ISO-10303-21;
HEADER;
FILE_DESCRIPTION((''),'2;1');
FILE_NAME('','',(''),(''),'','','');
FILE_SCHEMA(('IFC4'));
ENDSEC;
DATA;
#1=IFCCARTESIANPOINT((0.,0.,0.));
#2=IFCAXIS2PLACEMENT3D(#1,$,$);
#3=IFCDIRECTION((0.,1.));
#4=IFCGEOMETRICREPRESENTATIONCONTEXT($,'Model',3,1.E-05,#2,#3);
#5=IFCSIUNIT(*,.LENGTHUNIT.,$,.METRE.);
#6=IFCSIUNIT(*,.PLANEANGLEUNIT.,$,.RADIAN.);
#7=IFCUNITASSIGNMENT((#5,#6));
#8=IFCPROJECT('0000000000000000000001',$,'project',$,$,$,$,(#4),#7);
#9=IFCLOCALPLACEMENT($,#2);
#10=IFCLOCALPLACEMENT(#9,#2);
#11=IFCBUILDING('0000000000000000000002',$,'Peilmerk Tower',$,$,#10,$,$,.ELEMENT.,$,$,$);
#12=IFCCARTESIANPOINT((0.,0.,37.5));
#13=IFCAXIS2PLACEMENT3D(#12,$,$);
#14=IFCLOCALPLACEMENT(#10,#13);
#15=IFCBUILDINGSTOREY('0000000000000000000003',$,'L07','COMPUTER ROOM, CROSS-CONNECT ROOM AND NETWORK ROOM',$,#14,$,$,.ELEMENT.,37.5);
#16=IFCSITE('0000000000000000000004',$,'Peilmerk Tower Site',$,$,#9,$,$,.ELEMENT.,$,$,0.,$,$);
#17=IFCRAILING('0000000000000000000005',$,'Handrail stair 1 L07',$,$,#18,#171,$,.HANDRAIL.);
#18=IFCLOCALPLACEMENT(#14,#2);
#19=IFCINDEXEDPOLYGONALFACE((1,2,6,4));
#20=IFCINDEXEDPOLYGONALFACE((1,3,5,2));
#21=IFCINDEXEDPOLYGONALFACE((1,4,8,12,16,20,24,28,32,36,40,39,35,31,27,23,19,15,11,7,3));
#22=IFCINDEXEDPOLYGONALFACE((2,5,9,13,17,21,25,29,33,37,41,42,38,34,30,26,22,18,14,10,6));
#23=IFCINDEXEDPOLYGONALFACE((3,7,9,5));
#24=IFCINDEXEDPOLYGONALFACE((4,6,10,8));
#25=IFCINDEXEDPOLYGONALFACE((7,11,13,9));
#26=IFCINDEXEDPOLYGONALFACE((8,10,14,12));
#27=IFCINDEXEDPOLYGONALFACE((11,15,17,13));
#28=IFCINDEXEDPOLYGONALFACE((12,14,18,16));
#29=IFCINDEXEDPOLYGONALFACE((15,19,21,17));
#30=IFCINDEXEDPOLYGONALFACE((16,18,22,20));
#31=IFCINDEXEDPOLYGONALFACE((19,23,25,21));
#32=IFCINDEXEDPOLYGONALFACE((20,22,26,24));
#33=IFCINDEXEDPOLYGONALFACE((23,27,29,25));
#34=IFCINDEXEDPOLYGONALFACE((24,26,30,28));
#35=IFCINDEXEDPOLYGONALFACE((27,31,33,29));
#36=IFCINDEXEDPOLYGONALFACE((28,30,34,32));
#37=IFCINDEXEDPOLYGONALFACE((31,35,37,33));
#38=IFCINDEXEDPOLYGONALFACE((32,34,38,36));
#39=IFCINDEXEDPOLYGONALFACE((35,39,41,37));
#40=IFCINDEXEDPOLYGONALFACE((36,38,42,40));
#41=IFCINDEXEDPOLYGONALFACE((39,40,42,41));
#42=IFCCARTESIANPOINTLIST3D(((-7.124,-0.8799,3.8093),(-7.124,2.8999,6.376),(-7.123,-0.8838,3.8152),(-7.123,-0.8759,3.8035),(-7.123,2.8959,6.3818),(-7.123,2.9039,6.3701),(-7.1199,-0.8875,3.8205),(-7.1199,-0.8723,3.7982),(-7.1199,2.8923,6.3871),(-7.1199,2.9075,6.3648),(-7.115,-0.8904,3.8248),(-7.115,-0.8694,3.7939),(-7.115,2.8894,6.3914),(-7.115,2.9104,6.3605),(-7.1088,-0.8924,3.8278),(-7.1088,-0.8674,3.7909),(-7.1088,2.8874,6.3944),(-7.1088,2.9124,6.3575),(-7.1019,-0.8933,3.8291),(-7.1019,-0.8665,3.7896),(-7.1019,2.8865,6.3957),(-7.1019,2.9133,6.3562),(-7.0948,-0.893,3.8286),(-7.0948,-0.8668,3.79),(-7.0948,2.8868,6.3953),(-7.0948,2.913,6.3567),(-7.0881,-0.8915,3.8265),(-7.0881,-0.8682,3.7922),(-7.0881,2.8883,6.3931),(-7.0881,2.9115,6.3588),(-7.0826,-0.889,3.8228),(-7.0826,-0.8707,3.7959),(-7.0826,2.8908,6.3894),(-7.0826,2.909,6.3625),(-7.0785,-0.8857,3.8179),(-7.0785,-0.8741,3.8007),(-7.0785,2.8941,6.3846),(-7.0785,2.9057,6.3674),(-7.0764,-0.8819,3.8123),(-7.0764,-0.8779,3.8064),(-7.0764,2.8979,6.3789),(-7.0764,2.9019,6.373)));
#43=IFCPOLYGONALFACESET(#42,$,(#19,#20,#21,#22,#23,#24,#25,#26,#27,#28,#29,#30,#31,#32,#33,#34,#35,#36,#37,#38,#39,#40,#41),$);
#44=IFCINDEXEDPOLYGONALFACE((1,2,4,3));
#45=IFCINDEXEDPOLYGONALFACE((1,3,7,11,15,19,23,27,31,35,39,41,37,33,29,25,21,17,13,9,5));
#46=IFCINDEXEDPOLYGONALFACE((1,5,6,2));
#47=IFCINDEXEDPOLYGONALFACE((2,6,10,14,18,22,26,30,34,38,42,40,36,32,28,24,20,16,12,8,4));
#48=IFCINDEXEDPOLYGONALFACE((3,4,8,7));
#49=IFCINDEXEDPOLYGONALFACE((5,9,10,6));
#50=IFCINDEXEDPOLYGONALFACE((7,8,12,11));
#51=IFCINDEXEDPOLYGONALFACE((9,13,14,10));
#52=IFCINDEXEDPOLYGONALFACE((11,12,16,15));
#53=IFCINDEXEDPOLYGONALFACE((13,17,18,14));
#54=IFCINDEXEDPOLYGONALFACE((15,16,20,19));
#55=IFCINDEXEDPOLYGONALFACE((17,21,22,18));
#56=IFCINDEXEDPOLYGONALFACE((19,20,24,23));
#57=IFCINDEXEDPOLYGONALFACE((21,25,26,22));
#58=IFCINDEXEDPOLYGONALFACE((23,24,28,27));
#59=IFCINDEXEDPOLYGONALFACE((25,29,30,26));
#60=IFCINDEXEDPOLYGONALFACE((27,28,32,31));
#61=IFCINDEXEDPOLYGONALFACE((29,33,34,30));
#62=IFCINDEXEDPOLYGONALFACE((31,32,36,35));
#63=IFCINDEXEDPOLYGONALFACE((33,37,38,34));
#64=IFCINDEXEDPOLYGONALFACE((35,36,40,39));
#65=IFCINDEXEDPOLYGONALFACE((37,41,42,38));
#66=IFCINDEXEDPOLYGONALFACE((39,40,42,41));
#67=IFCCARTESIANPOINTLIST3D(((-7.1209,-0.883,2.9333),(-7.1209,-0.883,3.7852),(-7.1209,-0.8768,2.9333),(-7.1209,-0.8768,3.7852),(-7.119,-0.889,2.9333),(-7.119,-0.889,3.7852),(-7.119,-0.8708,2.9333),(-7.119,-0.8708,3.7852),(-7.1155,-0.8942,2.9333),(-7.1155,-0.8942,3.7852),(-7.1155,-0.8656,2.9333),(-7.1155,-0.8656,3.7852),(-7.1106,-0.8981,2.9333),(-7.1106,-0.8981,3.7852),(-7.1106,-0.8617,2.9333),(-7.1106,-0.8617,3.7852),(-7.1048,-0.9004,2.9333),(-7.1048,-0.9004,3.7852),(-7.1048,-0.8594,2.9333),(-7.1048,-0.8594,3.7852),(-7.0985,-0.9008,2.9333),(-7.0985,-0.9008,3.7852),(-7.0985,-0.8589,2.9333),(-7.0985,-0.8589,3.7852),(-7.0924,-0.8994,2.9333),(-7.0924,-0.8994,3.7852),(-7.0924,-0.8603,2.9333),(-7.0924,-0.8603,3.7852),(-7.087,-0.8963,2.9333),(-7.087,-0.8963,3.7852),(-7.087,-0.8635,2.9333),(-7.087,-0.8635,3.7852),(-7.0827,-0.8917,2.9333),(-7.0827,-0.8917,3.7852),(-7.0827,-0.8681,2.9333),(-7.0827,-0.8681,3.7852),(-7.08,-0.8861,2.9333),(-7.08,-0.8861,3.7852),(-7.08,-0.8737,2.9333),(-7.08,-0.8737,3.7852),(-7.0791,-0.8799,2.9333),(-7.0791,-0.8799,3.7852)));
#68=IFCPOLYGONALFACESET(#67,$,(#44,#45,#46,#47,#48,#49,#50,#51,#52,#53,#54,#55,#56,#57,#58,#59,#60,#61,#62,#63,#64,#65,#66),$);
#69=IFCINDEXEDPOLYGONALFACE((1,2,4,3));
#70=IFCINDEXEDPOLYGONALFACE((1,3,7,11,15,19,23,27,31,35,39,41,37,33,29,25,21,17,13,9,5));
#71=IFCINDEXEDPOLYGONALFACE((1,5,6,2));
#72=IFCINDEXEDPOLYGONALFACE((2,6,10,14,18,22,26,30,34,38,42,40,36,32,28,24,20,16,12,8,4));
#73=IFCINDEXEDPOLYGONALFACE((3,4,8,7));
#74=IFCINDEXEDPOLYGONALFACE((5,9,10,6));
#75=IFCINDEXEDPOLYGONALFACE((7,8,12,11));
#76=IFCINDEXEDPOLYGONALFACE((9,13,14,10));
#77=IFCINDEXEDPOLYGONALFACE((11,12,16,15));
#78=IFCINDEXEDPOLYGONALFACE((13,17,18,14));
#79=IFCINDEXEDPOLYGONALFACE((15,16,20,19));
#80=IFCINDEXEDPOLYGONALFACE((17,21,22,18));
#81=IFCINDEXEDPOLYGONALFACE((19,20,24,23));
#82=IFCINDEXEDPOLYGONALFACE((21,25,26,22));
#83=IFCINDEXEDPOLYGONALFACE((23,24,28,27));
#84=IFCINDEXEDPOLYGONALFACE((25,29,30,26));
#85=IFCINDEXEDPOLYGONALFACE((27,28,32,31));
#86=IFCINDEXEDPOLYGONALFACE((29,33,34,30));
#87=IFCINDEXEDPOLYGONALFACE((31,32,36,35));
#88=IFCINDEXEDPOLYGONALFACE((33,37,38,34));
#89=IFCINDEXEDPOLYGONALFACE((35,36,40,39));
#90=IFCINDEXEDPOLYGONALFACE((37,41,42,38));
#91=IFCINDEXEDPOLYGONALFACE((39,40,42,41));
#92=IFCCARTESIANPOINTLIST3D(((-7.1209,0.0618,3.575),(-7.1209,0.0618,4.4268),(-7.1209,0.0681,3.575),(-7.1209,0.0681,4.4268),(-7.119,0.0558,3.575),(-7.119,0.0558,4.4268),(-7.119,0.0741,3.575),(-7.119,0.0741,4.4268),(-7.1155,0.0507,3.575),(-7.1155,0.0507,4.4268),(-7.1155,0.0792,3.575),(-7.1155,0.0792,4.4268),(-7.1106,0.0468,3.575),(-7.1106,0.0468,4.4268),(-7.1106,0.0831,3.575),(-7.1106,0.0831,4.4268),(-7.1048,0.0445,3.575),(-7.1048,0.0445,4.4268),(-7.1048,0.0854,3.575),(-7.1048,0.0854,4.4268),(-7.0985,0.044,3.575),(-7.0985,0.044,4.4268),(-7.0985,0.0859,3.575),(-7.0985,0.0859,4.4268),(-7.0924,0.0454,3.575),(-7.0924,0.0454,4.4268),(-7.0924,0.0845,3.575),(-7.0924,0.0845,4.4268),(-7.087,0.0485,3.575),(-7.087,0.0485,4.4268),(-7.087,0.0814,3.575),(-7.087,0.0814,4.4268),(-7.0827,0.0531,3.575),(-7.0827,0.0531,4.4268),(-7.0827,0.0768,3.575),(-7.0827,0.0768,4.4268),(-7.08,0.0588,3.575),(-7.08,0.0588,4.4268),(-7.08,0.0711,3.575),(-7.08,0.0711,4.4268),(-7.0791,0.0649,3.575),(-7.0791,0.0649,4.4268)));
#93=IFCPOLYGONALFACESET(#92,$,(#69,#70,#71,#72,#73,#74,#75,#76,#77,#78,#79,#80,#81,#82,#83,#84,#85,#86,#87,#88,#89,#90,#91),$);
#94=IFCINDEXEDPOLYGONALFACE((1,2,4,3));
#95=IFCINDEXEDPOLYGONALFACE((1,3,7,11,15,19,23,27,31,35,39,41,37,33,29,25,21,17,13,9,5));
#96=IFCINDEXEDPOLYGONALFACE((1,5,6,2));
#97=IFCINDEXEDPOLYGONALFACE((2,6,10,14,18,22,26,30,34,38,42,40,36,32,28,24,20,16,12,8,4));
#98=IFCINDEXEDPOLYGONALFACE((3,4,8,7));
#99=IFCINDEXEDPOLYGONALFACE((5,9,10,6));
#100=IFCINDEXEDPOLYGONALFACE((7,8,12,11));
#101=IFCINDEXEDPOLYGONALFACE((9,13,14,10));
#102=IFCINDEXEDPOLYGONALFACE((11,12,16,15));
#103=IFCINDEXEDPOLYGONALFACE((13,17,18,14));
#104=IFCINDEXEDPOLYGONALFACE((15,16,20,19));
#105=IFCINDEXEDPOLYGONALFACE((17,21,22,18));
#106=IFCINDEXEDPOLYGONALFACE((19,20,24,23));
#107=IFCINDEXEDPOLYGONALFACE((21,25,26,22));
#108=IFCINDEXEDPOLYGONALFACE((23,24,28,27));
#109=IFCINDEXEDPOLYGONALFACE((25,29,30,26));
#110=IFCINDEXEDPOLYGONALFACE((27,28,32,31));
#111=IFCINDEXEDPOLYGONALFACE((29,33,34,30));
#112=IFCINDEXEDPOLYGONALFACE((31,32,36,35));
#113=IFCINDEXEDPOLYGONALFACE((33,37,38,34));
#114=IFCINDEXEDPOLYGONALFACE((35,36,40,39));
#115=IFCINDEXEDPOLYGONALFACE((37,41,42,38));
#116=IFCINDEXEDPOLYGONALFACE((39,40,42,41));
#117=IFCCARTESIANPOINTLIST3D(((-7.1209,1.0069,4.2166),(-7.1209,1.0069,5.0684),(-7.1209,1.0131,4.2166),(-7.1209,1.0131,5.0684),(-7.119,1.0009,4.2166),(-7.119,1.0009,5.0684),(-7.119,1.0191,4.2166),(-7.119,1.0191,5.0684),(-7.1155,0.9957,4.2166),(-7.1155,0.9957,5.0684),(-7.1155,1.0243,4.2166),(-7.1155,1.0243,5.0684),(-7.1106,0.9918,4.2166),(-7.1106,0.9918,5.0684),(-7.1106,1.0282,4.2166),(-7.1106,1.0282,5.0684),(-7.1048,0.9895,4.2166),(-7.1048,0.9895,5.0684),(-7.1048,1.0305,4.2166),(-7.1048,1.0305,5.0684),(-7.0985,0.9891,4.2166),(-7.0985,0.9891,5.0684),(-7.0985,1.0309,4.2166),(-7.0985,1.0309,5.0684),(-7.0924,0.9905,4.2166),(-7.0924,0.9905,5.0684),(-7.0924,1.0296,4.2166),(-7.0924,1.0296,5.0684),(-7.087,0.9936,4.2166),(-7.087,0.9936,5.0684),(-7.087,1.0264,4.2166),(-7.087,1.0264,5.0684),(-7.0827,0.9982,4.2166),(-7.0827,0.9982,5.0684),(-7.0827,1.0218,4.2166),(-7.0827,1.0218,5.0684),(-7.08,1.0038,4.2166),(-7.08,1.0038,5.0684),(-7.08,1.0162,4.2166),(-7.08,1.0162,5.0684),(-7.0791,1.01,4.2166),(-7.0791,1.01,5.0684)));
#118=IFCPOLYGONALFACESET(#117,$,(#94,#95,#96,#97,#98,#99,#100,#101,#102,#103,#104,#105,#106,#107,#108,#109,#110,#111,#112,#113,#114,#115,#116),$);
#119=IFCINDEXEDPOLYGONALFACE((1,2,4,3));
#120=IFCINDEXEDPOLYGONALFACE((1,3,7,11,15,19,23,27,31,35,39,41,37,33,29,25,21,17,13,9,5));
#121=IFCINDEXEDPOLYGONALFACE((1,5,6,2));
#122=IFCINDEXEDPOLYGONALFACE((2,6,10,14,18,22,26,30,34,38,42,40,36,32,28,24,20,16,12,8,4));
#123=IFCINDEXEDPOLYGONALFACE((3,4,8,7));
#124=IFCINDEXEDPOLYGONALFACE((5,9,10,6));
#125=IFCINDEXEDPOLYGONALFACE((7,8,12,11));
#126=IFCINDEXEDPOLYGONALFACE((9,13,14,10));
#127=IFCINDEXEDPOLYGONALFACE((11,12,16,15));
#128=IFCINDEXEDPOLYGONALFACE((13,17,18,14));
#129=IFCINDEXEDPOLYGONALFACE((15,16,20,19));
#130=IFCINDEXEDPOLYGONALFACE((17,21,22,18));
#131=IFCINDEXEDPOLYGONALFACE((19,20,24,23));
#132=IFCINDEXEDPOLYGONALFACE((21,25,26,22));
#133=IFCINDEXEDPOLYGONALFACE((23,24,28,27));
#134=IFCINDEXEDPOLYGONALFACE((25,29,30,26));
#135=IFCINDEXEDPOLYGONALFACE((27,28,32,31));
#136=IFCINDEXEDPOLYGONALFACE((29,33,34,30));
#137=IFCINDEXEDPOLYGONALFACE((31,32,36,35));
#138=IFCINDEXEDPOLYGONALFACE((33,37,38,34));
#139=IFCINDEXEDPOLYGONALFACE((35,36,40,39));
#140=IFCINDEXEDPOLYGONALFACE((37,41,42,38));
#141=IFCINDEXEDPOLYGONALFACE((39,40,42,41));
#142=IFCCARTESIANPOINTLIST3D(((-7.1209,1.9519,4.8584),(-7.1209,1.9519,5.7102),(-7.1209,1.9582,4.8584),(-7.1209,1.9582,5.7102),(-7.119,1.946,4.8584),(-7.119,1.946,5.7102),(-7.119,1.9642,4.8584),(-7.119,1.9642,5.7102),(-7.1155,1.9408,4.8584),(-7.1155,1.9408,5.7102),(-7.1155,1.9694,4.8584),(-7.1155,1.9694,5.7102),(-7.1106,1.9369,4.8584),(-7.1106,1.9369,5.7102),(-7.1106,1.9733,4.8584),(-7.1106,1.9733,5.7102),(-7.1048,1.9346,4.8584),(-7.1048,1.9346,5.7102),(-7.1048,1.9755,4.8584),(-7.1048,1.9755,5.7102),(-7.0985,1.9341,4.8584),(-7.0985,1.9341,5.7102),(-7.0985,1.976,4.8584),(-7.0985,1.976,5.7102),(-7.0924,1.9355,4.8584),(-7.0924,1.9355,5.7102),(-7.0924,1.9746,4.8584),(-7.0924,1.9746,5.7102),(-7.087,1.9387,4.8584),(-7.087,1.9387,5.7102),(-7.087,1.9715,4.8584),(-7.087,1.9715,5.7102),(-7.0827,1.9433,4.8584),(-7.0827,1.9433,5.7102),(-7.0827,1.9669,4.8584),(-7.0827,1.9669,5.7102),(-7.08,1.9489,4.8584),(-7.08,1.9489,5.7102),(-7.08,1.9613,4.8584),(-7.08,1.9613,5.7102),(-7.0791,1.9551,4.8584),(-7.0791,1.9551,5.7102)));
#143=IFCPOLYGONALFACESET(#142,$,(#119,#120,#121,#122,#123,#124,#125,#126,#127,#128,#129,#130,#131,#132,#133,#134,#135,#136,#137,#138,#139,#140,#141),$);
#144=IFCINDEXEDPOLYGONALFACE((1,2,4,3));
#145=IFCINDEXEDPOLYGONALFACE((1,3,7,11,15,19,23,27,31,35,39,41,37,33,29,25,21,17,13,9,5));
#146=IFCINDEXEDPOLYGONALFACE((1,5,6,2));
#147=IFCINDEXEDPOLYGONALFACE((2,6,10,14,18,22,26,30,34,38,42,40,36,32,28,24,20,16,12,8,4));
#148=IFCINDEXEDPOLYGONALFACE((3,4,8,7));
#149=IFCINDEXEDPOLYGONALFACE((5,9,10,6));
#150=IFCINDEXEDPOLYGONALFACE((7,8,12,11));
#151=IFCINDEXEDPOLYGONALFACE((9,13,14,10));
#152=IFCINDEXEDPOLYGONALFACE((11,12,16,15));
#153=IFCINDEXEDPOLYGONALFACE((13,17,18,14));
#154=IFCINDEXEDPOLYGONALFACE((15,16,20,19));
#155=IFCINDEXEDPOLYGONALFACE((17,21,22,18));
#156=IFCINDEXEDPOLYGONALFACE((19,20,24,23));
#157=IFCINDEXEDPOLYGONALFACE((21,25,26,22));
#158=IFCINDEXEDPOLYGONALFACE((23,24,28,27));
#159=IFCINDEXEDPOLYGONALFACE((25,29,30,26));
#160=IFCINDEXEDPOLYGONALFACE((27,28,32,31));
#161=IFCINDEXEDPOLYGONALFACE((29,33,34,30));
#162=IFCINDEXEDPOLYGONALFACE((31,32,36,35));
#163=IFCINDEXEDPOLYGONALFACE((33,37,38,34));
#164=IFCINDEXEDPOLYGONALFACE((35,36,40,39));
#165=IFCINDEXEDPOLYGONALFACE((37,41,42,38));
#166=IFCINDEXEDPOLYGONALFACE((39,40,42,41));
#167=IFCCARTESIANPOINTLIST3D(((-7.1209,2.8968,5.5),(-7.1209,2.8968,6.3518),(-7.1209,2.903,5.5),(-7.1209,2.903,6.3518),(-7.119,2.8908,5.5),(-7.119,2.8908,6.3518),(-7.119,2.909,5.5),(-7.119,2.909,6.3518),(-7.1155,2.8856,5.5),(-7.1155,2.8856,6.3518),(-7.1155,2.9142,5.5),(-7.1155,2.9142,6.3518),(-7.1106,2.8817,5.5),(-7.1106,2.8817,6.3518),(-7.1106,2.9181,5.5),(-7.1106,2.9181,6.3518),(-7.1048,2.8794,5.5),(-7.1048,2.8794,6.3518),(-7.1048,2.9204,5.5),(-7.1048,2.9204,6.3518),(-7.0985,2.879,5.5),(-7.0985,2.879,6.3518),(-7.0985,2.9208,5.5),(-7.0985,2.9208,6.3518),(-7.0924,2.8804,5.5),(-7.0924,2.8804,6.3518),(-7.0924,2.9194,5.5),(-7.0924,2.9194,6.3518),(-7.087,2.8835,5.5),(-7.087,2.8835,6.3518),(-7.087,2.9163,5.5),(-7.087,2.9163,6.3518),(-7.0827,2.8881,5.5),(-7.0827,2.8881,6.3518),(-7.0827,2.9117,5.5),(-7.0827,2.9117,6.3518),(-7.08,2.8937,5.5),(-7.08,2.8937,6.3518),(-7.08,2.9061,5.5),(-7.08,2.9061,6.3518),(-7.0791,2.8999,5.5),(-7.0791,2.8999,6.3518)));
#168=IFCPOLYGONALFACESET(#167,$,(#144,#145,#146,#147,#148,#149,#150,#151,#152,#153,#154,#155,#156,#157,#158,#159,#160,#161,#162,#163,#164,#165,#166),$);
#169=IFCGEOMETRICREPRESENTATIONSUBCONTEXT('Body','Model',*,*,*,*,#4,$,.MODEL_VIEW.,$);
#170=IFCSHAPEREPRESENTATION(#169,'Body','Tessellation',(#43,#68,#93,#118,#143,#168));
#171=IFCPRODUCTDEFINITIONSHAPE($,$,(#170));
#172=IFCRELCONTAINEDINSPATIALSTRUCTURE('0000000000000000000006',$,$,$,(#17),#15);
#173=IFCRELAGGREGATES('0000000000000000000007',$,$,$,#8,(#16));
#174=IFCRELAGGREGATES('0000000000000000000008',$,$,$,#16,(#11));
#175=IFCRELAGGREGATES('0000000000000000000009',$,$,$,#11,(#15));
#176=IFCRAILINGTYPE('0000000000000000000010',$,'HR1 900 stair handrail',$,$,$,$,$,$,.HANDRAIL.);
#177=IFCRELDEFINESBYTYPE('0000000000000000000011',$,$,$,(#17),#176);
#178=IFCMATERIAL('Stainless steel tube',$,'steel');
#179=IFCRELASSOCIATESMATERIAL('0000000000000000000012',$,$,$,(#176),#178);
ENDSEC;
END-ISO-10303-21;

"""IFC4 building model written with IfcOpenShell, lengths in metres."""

from ifc_helpers import new_model, si_unit, direction, frame, origin, origin_2d, place, context, subcontext, project, spatial, circle, extrude, material, type_object, element, save


model = new_model("IFC4")

# Units and contexts
model_context = context("Model", 3, precision=1e-05, world=origin(), true_north=direction((0.0, 1.0)))
body_context = subcontext(model_context, "Body", "Model", "MODEL_VIEW")
ifc_project = project(units=[si_unit("LENGTHUNIT", "METRE"), si_unit("PLANEANGLEUNIT", "RADIAN")], contexts=[model_context])

# Site, building, storey
site_placement = place(None, origin())
site = spatial("IfcSite", under=ifc_project, at=site_placement, Name="Peilmerk Tower Site", CompositionType="ELEMENT", RefElevation=0.0)
building_placement = place(site_placement, origin())
building = spatial("IfcBuilding", under=site, at=building_placement, Name="Peilmerk Tower", CompositionType="ELEMENT")
storey_placement = place(building_placement, frame((0.0, 0.0, 37.5)))
storey = spatial("IfcBuildingStorey", under=building, at=storey_placement, Name="L07", Description="COMPUTER ROOM, CROSS-CONNECT ROOM AND NETWORK ROOM", CompositionType="ELEMENT", Elevation=37.5)

# Railing
ifc_material_1 = material(Name="Stainless steel tube", Category="steel")
railing_type_1 = type_object("IfcRailingType", Name="HR1 900 stair handrail", PredefinedType="HANDRAIL", material=ifc_material_1)
railing_1_placement = place(storey_placement, frame((-7.1001, -0.8799, 2.9333)))
element("IfcRailing", 1, at=railing_1_placement, inside=storey, type_object=railing_type_1, Name="Handrail stair 1 L07", PredefinedType="HANDRAIL", context=body_context, shape_type="SweptSolid", body=[
    extrude(circle(Radius=0.0239, at=origin_2d()), frame((0.0, 0.0, 0.876), z_axis=(0.0, 0.827293, 0.561771), x_axis=(-1.0, 0.0, 0.0)), (0.0, 0.0, 1.0), 4.5688),
    extrude(circle(Radius=0.021, at=origin_2d()), origin(), (0.0, 0.0, 1.0), 0.8518),
    extrude(circle(Radius=0.021, at=origin_2d()), frame((0.0, 0.9448, 0.6416)), (0.0, 0.0, 1.0), 0.8518),
    extrude(circle(Radius=0.021, at=origin_2d()), frame((0.0, 1.8899, 1.2832)), (0.0, 0.0, 1.0), 0.8518),
    extrude(circle(Radius=0.021, at=origin_2d()), frame((0.0, 2.835, 1.925)), (0.0, 0.0, 1.0), 0.8518),
    extrude(circle(Radius=0.021, at=origin_2d()), frame((0.0, 3.7798, 2.5667)), (0.0, 0.0, 1.0), 0.8518),
])

save(model, "model.ifc")
